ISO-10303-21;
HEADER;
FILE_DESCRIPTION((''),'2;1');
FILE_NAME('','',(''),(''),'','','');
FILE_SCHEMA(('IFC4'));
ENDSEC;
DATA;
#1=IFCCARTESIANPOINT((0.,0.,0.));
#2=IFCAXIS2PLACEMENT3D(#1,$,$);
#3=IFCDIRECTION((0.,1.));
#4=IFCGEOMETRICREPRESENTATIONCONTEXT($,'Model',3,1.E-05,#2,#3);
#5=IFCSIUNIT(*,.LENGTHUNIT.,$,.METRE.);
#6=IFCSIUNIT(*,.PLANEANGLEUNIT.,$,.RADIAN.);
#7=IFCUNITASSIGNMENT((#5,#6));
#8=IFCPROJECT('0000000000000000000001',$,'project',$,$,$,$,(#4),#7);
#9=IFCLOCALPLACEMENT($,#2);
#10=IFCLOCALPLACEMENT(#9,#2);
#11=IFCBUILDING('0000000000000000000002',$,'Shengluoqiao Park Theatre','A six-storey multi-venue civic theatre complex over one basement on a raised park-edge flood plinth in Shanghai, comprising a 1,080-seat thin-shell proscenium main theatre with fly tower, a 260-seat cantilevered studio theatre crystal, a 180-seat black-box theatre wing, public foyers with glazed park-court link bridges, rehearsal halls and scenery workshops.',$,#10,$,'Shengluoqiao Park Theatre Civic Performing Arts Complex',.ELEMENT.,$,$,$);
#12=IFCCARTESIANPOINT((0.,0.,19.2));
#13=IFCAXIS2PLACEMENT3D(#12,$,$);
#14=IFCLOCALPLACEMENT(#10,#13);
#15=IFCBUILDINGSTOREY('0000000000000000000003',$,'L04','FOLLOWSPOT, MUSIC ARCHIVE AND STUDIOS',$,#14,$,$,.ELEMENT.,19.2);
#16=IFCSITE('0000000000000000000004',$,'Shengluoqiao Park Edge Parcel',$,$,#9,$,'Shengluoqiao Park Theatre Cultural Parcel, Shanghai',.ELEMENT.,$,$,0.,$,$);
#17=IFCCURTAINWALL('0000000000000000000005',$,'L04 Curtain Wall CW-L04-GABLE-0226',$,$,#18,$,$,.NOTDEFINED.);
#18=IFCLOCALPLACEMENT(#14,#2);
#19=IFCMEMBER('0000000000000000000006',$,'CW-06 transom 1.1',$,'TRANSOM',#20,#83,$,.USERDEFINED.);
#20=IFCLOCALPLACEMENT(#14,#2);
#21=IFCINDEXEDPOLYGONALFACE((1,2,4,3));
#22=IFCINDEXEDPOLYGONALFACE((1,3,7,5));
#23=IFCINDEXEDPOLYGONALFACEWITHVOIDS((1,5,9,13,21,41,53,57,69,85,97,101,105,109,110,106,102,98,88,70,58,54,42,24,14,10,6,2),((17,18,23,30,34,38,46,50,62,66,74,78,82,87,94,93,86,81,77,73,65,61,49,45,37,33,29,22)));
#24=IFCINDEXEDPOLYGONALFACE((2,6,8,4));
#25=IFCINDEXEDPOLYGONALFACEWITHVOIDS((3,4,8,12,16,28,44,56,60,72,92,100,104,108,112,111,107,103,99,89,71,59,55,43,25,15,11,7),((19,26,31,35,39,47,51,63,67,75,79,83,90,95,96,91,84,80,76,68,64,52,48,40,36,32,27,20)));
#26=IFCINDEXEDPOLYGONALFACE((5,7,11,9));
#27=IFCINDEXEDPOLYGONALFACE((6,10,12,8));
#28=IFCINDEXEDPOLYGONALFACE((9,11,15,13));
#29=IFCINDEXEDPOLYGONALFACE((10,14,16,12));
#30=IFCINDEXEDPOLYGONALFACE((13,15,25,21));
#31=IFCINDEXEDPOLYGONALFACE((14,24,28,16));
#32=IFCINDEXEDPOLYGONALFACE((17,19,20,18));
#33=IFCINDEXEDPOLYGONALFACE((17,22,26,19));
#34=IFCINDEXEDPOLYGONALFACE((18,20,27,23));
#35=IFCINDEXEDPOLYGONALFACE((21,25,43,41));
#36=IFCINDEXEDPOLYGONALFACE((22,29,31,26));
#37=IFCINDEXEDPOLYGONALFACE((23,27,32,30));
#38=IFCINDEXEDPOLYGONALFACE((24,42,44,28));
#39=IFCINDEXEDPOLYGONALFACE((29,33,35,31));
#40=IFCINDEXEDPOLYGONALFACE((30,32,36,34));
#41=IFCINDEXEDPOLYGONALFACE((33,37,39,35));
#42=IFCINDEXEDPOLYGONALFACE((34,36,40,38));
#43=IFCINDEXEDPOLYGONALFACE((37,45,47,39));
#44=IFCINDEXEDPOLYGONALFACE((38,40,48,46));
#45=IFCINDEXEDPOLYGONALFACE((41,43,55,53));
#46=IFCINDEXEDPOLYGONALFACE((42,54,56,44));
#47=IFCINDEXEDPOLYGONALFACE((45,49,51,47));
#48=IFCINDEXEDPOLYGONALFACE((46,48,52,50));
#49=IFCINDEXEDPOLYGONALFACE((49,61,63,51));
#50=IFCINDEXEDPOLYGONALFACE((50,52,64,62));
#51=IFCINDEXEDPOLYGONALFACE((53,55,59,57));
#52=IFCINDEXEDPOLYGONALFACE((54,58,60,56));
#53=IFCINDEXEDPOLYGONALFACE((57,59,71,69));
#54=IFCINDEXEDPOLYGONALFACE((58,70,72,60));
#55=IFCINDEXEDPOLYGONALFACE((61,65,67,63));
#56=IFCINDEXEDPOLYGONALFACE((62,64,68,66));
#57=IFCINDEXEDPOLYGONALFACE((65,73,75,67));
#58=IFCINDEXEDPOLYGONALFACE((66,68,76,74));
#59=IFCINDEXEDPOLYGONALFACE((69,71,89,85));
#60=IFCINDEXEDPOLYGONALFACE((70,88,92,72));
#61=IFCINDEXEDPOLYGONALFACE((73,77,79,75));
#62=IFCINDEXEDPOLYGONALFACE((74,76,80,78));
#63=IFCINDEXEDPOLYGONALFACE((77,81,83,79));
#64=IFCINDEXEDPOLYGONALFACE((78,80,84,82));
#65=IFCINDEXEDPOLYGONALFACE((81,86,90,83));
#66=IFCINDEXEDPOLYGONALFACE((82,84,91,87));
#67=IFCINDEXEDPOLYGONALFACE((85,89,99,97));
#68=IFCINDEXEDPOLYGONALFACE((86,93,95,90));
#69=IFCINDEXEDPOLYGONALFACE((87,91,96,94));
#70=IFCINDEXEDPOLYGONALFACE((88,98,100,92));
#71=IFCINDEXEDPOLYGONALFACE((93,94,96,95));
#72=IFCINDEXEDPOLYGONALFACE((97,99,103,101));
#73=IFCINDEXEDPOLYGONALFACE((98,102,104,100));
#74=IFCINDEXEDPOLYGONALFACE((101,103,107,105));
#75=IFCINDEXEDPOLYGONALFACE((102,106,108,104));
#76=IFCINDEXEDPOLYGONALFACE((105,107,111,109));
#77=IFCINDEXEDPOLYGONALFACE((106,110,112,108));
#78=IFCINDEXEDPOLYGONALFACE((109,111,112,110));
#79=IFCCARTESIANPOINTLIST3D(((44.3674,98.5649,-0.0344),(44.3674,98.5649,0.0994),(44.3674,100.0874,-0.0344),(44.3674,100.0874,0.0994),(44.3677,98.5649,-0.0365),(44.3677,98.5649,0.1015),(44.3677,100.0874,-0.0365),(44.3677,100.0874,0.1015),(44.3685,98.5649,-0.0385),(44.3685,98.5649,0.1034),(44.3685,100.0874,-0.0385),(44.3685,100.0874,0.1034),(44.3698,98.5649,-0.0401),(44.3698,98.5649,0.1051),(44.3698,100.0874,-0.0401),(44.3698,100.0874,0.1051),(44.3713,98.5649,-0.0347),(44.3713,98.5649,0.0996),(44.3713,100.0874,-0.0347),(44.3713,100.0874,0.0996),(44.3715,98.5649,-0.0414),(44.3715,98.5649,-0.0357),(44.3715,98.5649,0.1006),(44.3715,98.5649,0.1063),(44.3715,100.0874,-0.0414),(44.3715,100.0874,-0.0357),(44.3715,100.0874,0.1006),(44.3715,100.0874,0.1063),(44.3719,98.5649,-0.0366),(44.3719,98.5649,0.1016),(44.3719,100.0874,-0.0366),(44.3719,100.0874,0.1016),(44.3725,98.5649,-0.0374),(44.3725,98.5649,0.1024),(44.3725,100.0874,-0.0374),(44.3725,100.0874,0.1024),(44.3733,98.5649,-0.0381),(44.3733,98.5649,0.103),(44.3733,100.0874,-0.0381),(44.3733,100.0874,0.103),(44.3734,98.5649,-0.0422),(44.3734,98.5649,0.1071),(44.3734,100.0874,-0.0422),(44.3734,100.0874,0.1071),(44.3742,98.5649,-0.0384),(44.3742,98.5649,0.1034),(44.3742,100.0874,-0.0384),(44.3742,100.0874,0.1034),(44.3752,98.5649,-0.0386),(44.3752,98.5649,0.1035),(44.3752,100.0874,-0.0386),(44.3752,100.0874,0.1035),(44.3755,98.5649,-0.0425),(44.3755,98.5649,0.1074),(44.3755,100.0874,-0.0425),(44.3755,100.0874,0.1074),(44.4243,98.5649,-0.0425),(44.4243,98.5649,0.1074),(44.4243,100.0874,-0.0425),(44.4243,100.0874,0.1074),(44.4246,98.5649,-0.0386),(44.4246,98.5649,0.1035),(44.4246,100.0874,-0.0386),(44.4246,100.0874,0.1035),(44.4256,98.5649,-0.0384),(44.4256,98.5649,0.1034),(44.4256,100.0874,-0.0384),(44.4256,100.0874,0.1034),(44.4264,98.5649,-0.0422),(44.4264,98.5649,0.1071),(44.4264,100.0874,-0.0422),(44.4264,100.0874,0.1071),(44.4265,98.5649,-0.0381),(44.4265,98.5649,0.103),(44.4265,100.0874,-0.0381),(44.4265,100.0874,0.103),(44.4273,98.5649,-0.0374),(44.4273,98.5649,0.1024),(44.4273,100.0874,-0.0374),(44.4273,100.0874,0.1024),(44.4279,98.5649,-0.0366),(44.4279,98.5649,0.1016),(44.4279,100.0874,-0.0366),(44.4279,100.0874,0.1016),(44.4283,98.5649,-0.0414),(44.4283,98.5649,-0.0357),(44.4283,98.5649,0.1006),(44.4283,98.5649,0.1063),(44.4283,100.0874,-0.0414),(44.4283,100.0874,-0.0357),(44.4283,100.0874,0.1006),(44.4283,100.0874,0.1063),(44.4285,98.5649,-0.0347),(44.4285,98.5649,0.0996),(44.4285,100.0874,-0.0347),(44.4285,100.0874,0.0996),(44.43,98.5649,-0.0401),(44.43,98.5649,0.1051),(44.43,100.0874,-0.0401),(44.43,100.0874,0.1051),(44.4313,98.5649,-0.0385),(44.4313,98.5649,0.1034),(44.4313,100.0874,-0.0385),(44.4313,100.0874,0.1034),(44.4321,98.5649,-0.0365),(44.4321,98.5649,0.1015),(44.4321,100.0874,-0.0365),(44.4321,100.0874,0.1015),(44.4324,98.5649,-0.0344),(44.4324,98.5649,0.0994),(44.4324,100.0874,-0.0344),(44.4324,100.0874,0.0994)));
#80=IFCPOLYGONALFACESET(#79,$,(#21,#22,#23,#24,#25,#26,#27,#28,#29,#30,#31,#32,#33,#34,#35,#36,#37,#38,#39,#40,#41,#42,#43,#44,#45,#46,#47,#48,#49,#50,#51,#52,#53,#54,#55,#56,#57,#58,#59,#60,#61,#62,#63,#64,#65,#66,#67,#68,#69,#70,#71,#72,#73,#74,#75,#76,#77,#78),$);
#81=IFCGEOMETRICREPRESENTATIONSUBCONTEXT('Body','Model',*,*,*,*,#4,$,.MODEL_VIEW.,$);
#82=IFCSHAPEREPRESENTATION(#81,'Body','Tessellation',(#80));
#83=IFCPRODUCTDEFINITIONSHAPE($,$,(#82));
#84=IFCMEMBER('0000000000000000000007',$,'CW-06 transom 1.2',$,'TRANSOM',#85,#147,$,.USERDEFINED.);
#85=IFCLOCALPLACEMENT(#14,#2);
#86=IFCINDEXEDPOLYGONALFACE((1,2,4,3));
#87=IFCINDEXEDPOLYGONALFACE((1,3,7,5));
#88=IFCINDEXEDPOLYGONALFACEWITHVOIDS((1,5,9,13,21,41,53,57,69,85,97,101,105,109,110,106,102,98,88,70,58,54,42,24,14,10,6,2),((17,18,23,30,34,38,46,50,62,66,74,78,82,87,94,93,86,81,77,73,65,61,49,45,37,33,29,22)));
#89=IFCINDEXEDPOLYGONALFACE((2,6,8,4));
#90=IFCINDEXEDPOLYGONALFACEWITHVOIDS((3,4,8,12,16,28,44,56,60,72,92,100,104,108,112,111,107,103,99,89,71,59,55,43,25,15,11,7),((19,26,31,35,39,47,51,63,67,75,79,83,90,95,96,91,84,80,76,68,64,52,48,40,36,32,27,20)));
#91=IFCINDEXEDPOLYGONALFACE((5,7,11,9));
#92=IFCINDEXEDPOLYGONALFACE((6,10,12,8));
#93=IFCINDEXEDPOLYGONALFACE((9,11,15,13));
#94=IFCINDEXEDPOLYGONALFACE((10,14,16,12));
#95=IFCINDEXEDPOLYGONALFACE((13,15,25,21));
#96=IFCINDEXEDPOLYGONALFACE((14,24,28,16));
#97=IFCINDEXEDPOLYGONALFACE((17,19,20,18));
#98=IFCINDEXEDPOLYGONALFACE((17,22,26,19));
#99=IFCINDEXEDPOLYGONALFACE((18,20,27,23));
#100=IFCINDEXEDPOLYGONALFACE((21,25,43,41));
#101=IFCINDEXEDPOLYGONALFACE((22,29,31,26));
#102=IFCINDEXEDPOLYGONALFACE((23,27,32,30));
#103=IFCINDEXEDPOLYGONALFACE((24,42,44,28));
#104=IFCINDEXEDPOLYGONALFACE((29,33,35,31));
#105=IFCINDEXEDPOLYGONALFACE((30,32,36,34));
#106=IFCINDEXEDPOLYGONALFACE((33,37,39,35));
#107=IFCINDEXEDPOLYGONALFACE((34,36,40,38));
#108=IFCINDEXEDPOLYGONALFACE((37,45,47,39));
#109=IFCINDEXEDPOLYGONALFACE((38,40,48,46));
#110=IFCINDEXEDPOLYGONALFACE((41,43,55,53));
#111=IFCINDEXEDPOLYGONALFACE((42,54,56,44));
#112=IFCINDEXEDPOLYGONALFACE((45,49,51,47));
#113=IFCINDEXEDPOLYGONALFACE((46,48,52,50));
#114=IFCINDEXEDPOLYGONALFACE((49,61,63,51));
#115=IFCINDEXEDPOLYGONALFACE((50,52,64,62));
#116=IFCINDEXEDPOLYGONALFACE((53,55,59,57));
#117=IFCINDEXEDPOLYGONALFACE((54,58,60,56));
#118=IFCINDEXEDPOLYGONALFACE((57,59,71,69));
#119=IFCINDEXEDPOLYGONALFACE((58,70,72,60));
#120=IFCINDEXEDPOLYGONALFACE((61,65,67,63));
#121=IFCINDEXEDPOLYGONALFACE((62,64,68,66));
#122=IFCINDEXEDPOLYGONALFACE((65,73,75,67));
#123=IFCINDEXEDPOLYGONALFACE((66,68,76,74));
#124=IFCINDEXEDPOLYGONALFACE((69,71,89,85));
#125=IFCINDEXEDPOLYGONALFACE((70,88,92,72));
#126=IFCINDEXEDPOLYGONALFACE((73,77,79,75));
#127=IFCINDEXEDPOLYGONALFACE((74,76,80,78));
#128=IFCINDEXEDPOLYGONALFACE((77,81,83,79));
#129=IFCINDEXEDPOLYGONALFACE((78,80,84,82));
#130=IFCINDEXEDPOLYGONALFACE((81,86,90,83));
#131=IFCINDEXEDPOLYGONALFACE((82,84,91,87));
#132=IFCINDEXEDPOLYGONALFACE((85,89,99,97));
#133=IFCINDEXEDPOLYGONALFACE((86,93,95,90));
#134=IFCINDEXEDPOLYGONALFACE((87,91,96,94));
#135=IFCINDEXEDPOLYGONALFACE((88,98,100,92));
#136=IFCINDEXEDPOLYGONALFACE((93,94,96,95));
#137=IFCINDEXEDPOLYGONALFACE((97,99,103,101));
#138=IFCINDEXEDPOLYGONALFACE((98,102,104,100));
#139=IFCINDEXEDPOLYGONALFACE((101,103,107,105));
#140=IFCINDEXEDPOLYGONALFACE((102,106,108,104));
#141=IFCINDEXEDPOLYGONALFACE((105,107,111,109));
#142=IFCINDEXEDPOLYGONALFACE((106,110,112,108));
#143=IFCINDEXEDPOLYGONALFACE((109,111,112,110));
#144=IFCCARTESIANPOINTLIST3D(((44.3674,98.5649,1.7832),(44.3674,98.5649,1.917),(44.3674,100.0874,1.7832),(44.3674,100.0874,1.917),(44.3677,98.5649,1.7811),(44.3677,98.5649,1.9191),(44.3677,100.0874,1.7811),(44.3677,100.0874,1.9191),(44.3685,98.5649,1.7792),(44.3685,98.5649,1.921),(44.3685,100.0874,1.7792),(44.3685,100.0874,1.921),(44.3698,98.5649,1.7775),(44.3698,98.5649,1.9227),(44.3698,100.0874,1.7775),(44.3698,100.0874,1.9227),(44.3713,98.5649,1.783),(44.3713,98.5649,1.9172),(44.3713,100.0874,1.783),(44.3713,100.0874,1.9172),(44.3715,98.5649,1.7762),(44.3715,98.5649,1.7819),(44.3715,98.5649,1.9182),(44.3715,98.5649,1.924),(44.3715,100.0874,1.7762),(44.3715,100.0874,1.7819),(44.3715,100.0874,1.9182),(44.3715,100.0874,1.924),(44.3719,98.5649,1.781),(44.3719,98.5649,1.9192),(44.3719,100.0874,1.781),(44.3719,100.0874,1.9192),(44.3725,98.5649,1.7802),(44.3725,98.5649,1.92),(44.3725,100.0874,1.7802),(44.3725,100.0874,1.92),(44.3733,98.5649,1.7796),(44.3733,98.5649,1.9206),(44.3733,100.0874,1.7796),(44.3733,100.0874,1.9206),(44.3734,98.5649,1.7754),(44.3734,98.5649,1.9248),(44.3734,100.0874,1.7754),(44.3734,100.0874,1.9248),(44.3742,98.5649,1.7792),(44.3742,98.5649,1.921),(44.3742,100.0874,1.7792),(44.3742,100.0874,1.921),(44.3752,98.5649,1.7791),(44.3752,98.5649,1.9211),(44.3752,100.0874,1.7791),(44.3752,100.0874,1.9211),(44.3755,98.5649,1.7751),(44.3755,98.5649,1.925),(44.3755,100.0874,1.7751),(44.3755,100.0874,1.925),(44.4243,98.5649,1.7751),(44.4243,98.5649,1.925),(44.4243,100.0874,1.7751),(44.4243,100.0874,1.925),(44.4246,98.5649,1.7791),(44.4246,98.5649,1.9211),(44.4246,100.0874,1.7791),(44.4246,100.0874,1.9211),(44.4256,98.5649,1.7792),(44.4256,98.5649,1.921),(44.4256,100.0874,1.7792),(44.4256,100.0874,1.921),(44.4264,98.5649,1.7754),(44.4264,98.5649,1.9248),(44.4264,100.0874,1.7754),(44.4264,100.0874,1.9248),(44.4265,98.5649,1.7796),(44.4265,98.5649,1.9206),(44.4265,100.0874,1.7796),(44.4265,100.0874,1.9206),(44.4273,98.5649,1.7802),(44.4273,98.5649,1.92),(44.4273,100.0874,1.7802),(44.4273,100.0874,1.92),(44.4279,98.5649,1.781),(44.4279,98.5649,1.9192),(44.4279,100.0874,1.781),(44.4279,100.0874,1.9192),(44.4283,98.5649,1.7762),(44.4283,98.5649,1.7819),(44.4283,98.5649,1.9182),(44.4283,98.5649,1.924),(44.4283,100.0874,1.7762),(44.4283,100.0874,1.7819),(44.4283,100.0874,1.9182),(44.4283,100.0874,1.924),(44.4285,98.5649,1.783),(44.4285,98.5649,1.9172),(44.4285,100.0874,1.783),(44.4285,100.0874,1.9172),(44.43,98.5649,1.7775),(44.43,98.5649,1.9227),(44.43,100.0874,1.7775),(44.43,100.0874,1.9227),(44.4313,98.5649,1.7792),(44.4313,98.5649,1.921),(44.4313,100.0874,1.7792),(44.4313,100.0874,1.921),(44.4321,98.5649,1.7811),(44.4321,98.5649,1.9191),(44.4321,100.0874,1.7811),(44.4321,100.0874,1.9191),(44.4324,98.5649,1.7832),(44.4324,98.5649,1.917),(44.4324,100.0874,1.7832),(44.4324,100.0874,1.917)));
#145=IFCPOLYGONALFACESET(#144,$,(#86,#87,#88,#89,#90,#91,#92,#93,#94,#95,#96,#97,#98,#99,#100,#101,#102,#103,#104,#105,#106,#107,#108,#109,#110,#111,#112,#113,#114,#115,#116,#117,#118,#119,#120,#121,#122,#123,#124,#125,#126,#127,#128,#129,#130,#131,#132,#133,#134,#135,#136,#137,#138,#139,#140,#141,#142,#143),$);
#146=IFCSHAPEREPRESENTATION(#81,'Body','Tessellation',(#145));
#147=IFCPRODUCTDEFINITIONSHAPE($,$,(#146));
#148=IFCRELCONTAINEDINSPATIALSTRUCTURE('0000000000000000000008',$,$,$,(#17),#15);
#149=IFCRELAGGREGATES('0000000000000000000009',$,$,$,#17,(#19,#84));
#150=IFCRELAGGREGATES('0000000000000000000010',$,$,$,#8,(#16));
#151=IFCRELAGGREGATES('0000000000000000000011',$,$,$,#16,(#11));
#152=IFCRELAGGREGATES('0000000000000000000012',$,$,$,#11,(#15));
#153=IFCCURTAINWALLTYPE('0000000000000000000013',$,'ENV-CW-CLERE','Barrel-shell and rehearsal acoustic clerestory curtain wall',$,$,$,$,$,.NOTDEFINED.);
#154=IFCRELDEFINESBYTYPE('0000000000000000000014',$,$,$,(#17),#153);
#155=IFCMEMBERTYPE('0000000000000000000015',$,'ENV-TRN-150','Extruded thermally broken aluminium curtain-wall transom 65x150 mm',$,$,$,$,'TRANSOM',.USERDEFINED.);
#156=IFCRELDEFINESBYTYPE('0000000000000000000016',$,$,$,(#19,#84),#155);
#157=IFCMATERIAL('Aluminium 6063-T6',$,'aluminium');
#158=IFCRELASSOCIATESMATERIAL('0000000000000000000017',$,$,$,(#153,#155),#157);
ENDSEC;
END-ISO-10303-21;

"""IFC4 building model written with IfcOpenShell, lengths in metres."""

from ifc_helpers import new_model, si_unit, direction, frame, origin, origin_2d, place, context, subcontext, project, spatial, hollow_rectangle, extrude, material, material_profile, profile_set, type_object, element, aggregate, save


model = new_model("IFC4")

# Units and contexts
model_context = context("Model", 3, precision=1e-05, world=origin(), true_north=direction((0.0, 1.0)))
body_context = subcontext(model_context, "Body", "Model", "MODEL_VIEW")
ifc_project = project(units=[si_unit("LENGTHUNIT", "METRE"), si_unit("PLANEANGLEUNIT", "RADIAN")], contexts=[model_context])

# Site, building, storey
site_placement = place(None, origin())
site = spatial("IfcSite", under=ifc_project, at=site_placement, Name="Shengluoqiao Park Edge Parcel", LongName="Shengluoqiao Park Theatre Cultural Parcel, Shanghai", CompositionType="ELEMENT", RefElevation=0.0)
building_placement = place(site_placement, origin())
building = spatial("IfcBuilding", under=site, at=building_placement, Name="Shengluoqiao Park Theatre", Description="A six-storey multi-venue civic theatre complex over one basement on a raised park-edge flood plinth in Shanghai, comprising a 1,080-seat thin-shell proscenium main theatre with fly tower, a 260-seat cantilevered studio theatre crystal, a 180-seat black-box theatre wing, public foyers with glazed park-court link bridges, rehearsal halls and scenery workshops.", LongName="Shengluoqiao Park Theatre Civic Performing Arts Complex", CompositionType="ELEMENT")
storey_placement = place(building_placement, frame((0.0, 0.0, 19.2)))
storey = spatial("IfcBuildingStorey", under=building, at=storey_placement, Name="L04", Description="FOLLOWSPOT, MUSIC ARCHIVE AND STUDIOS", CompositionType="ELEMENT", Elevation=19.2)

# Shared definitions
ifc_material_1 = material(Name="Aluminium 6063-T6", Category="aluminium")
curtain_wall_type = type_object("IfcCurtainWallType", Name="ENV-CW-CLERE", Description="Barrel-shell and rehearsal acoustic clerestory curtain wall", PredefinedType="NOTDEFINED", material=ifc_material_1)

# Curtain wall
curtain_wall_1_placement = place(storey_placement, origin())
curtain_wall_1 = element("IfcCurtainWall", 1, at=curtain_wall_1_placement, inside=storey, type_object=curtain_wall_type, Name="L04 Curtain Wall CW-L04-GABLE-0226", PredefinedType="NOTDEFINED")

# Members
ifc_material_profile_1 = material_profile(ifc_material_1, hollow_rectangle(XDim=0.0649, YDim=0.1499, WallThickness=0.0039, InnerFilletRadius=0.0039, OuterFilletRadius=0.0081, at=origin_2d()), Name="ALU TRANSOM 150x65x4")
ifc_profile_set_1 = profile_set([ifc_material_profile_1], Name="Aluminium 6063-T6")
member_type_1 = type_object("IfcMemberType", Name="ENV-TRN-150", Description="Extruded thermally broken aluminium curtain-wall transom 65x150 mm", ElementType="TRANSOM", PredefinedType="USERDEFINED", material=ifc_profile_set_1)
member_1_placement = place(storey_placement, frame((44.3999, 98.5649, 0.0325), z_axis=(0.0, 1.0, 0.0), x_axis=(-1.0, 0.0, 0.0)))
member_1 = element("IfcMember", 2, at=member_1_placement, type_object=member_type_1, Name="CW-06 transom 1.1", ObjectType="TRANSOM", PredefinedType="USERDEFINED", context=body_context, shape_type="SweptSolid", body=[
    extrude(hollow_rectangle(XDim=0.0649, YDim=0.1499, WallThickness=0.0039, InnerFilletRadius=0.0039, OuterFilletRadius=0.0081, at=origin_2d()), origin(), (0.0, 0.0, 1.0), 1.5225),
])
member_2_placement = place(storey_placement, frame((44.3999, 98.5649, 1.8501), z_axis=(0.0, 1.0, 0.0), x_axis=(-1.0, 0.0, 0.0)))
member_2 = element("IfcMember", 3, at=member_2_placement, type_object=member_type_1, Name="CW-06 transom 1.2", ObjectType="TRANSOM", PredefinedType="USERDEFINED", context=body_context, shape_type="SweptSolid", body=[
    extrude(hollow_rectangle(XDim=0.0649, YDim=0.1499, WallThickness=0.0039, InnerFilletRadius=0.0039, OuterFilletRadius=0.0081, at=origin_2d()), origin(), (0.0, 0.0, 1.0), 1.5225),
])

aggregate(curtain_wall_1, [member_1, member_2])

save(model, "model.ifc")
